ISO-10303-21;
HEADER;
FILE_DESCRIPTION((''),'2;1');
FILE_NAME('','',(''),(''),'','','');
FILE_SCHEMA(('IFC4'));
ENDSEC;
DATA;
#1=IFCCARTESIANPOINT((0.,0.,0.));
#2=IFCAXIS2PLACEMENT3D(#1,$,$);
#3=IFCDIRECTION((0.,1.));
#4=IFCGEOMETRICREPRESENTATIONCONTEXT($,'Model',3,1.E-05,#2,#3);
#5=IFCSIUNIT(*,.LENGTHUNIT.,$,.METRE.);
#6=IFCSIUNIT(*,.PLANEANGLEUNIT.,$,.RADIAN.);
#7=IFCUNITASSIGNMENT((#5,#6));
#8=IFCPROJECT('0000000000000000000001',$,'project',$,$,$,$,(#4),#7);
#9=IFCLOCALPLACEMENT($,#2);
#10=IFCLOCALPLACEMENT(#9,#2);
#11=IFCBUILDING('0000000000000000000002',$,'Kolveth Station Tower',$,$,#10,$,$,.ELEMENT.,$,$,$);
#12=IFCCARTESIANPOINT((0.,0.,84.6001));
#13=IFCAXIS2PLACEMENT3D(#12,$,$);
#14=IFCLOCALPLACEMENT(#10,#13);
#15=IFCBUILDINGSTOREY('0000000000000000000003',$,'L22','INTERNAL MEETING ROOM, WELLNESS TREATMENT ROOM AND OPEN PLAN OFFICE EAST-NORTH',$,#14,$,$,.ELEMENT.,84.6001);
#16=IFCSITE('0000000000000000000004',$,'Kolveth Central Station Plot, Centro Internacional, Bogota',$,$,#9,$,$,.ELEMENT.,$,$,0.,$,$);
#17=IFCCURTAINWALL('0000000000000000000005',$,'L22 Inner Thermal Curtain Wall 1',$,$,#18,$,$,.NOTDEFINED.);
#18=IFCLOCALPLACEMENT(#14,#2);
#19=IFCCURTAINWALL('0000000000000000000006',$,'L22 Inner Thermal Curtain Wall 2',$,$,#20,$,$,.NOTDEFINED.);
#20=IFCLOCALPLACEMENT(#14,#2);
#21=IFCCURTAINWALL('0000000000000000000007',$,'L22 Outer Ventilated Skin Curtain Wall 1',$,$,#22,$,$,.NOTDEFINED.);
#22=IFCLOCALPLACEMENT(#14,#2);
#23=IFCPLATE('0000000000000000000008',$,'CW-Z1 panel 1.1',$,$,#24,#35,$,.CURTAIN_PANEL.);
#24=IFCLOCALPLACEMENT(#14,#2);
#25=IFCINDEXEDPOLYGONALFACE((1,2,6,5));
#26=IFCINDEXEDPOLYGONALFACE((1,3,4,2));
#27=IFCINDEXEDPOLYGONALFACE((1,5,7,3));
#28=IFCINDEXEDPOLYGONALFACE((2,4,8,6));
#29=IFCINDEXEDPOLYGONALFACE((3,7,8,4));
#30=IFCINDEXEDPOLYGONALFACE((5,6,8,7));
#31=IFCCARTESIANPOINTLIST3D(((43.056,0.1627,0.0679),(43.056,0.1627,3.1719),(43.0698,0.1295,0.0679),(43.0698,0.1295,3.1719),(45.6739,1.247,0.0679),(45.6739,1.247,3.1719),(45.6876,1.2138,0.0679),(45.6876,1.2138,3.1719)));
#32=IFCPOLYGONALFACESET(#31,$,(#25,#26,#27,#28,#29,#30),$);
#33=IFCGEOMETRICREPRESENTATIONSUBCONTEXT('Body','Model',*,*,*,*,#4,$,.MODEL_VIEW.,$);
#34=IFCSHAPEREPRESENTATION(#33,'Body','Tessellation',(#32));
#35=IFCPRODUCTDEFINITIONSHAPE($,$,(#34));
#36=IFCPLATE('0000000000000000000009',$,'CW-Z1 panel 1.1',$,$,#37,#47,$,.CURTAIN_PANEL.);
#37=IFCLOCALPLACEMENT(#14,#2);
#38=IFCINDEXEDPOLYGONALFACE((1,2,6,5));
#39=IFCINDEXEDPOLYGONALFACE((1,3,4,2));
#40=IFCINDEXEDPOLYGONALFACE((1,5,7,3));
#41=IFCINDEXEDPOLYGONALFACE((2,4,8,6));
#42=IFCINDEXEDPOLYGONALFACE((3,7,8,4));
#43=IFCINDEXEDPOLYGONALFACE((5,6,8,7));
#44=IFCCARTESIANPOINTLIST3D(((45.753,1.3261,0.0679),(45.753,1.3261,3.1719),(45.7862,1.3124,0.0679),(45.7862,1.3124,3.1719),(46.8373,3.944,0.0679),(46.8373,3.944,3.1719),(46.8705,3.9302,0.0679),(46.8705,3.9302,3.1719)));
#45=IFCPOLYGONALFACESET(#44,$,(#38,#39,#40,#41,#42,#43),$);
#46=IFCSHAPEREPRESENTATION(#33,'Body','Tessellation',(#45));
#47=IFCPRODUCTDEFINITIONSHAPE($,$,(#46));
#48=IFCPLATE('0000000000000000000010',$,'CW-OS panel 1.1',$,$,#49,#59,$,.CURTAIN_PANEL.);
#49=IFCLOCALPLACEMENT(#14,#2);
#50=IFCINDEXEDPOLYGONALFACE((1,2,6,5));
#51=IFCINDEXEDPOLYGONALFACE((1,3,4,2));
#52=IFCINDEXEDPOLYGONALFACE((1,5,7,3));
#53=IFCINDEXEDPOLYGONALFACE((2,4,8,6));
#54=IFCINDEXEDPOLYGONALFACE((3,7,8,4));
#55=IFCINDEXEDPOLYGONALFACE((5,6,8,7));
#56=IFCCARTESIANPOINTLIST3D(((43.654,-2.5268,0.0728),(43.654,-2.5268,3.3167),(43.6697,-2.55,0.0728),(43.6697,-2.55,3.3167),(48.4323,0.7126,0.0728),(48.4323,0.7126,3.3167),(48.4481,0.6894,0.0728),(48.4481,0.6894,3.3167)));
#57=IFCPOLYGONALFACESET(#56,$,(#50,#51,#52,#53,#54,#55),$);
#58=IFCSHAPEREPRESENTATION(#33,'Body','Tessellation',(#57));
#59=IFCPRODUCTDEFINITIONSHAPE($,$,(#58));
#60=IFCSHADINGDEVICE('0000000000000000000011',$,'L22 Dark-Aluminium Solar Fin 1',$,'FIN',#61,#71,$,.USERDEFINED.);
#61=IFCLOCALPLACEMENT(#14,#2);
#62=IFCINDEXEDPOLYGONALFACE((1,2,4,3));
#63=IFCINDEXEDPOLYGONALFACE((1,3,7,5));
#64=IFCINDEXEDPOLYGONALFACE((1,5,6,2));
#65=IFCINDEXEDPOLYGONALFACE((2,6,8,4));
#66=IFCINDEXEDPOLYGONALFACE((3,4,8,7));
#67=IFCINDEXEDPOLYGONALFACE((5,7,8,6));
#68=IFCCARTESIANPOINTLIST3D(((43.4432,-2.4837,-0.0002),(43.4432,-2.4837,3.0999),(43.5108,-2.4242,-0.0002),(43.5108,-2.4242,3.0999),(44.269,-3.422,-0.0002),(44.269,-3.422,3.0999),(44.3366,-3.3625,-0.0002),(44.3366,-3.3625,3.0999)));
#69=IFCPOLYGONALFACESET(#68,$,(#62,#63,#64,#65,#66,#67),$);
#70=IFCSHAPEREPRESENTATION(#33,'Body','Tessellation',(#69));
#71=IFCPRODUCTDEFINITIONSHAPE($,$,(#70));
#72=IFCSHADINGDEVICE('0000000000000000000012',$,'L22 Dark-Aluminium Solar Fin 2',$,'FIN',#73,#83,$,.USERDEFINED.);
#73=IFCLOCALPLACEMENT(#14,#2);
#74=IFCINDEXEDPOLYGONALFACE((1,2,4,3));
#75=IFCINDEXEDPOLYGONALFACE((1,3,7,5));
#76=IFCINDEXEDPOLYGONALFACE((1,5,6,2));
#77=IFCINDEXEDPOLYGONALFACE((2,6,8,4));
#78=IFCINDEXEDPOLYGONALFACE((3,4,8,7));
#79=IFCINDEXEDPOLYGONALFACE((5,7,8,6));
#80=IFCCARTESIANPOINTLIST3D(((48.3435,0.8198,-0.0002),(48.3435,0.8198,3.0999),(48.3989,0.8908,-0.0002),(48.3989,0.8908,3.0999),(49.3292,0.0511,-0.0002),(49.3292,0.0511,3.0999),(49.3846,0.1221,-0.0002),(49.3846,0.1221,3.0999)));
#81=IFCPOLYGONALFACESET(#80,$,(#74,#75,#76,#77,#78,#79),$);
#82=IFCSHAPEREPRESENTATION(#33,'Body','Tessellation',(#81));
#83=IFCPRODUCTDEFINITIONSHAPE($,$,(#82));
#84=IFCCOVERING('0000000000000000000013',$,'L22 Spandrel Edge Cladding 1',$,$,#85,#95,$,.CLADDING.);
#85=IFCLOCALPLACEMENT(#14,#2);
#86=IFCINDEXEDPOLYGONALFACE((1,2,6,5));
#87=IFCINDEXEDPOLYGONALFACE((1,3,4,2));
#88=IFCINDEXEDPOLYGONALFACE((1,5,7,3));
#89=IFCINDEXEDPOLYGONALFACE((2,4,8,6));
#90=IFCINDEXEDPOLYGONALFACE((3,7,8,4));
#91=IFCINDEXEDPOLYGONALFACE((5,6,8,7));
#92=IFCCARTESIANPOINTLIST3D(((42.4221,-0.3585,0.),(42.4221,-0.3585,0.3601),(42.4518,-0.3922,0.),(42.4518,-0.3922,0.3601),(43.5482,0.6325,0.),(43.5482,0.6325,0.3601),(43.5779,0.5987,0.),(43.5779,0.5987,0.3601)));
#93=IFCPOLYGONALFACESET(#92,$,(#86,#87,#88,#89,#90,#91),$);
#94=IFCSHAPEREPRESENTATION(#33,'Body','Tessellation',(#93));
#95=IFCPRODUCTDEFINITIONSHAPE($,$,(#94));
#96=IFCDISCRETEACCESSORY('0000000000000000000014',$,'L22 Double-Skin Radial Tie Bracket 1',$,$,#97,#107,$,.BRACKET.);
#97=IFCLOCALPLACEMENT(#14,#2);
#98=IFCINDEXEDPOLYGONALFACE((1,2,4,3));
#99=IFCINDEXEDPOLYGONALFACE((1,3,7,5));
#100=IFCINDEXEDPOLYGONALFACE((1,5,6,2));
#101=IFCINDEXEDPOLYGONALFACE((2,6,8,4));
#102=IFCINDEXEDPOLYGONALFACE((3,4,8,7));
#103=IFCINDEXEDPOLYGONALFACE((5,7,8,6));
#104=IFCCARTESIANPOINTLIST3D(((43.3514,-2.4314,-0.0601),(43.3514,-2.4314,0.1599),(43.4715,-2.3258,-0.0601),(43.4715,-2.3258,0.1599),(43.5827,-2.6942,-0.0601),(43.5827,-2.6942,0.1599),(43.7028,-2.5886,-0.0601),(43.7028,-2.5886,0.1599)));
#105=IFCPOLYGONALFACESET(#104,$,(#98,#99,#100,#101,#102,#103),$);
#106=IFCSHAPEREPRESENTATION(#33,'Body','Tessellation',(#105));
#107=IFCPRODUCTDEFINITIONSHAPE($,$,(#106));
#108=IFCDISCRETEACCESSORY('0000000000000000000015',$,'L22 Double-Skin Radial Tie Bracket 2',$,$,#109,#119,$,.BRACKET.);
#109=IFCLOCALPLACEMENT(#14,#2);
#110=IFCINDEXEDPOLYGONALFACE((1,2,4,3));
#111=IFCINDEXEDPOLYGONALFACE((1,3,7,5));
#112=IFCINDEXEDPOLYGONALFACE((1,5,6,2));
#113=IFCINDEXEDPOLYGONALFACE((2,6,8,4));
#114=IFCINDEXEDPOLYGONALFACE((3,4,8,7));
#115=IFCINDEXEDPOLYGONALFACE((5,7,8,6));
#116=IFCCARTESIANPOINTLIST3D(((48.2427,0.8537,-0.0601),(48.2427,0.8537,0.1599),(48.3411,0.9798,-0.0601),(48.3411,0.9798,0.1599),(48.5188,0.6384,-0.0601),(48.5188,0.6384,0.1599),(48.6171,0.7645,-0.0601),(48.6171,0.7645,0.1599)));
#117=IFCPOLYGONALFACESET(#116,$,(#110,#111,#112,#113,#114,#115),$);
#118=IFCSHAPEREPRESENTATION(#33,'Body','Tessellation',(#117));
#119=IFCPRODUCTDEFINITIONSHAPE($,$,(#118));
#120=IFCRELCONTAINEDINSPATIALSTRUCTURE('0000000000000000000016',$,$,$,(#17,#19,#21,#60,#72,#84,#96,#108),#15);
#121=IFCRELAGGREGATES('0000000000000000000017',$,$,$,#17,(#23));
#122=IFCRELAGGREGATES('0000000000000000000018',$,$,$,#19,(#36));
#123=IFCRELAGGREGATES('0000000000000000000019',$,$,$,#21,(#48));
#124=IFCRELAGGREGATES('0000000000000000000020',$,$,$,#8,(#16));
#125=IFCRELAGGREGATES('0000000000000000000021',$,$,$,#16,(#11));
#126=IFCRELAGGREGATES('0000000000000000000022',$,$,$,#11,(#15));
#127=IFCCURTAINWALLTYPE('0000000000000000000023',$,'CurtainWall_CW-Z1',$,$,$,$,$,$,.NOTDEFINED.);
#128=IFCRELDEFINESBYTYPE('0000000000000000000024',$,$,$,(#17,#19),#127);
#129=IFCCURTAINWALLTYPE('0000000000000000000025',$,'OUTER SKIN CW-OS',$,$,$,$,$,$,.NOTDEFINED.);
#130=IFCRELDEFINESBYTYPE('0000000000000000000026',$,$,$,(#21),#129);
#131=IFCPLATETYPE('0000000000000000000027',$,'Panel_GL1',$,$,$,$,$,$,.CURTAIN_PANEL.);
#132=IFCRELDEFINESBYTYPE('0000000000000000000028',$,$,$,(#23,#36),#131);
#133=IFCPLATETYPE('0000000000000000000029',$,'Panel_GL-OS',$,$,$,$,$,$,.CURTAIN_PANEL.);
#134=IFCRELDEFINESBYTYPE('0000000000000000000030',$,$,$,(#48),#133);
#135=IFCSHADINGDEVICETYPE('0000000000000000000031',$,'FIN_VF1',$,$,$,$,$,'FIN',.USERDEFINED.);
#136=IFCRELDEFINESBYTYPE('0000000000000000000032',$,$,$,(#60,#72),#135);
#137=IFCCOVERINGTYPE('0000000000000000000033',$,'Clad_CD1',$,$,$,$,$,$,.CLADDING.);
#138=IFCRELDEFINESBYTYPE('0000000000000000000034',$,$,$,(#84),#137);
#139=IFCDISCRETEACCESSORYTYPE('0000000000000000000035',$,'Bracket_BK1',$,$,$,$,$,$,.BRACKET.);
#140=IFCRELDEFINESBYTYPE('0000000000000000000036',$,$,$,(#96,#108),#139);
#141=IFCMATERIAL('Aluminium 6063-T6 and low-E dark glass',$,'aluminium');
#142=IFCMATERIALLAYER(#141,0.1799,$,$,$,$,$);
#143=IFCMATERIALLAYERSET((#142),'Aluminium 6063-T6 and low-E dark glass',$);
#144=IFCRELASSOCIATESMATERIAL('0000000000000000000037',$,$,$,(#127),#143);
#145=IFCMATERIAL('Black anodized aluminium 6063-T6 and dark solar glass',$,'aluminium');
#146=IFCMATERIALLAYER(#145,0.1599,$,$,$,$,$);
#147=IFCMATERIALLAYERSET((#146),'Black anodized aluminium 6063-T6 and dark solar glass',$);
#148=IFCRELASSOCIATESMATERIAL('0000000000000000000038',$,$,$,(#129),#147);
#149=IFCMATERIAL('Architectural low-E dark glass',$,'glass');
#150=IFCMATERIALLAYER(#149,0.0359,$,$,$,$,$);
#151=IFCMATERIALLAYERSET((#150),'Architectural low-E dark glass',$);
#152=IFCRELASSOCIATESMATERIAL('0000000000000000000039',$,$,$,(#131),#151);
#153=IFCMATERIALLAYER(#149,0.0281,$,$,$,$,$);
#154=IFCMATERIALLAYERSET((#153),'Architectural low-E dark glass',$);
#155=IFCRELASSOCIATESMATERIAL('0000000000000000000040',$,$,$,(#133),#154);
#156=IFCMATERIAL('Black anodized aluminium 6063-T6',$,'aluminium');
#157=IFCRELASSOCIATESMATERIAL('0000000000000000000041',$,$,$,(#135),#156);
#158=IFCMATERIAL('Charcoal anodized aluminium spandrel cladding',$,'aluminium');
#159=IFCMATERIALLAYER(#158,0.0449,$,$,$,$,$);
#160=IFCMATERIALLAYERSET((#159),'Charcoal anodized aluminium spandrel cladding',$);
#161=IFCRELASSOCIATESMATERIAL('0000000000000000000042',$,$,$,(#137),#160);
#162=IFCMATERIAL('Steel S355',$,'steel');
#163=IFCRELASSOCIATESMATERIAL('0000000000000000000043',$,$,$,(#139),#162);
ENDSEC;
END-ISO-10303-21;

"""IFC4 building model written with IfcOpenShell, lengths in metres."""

from ifc_helpers import new_model, si_unit, direction, frame, origin, origin_2d, place, context, subcontext, project, spatial, rectangle, extrude, source, transform, mapped, material, layer, layer_set, type_object, element, aggregate, save


model = new_model("IFC4")

# Units and contexts
model_context = context("Model", 3, precision=1e-05, world=origin(), true_north=direction((0.0, 1.0)))
body_context = subcontext(model_context, "Body", "Model", "MODEL_VIEW")
ifc_project = project(units=[si_unit("LENGTHUNIT", "METRE"), si_unit("PLANEANGLEUNIT", "RADIAN")], contexts=[model_context])

# Site, building, storey
site_placement = place(None, origin())
site = spatial("IfcSite", under=ifc_project, at=site_placement, Name="Kolveth Central Station Plot, Centro Internacional, Bogota", CompositionType="ELEMENT", RefElevation=0.0)
building_placement = place(site_placement, origin())
building = spatial("IfcBuilding", under=site, at=building_placement, Name="Kolveth Station Tower", CompositionType="ELEMENT")
storey_placement = place(building_placement, frame((0.0, 0.0, 84.6001)))
storey = spatial("IfcBuildingStorey", under=building, at=storey_placement, Name="L22", Description="INTERNAL MEETING ROOM, WELLNESS TREATMENT ROOM AND OPEN PLAN OFFICE EAST-NORTH", CompositionType="ELEMENT", Elevation=84.6001)

# Shared definitions
ifc_material_1 = material(Name="Steel S355", Category="steel")

# Curtain walls
ifc_material_2 = material(Name="Aluminium 6063-T6 and low-E dark glass", Category="aluminium")
ifc_layer_1 = layer(ifc_material_2, 0.1799)
ifc_layer_set_1 = layer_set([ifc_layer_1], Name="Aluminium 6063-T6 and low-E dark glass")
curtain_wall_type_1 = type_object("IfcCurtainWallType", Name="CurtainWall_CW-Z1", PredefinedType="NOTDEFINED", material=ifc_layer_set_1)
curtain_wall_1_placement = place(storey_placement, origin())
curtain_wall_1 = element("IfcCurtainWall", 1, at=curtain_wall_1_placement, inside=storey, type_object=curtain_wall_type_1, Name="L22 Inner Thermal Curtain Wall 1", PredefinedType="NOTDEFINED")
ifc_material_3 = material(Name="Black anodized aluminium 6063-T6", Category="aluminium")
curtain_wall_2_placement = place(storey_placement, origin())
curtain_wall_2 = element("IfcCurtainWall", 2, at=curtain_wall_2_placement, inside=storey, type_object=curtain_wall_type_1, Name="L22 Inner Thermal Curtain Wall 2", PredefinedType="NOTDEFINED")
ifc_material_4 = material(Name="Black anodized aluminium 6063-T6 and dark solar glass", Category="aluminium")
ifc_layer_2 = layer(ifc_material_4, 0.1599)
ifc_layer_set_2 = layer_set([ifc_layer_2], Name="Black anodized aluminium 6063-T6 and dark solar glass")
curtain_wall_type_2 = type_object("IfcCurtainWallType", Name="OUTER SKIN CW-OS", PredefinedType="NOTDEFINED", material=ifc_layer_set_2)
curtain_wall_3_placement = place(storey_placement, origin())
curtain_wall_3 = element("IfcCurtainWall", 3, at=curtain_wall_3_placement, inside=storey, type_object=curtain_wall_type_2, Name="L22 Outer Ventilated Skin Curtain Wall 1", PredefinedType="NOTDEFINED")

# Plates
ifc_material_5 = material(Name="Architectural low-E dark glass", Category="glass")
ifc_layer_3 = layer(ifc_material_5, 0.0359)
ifc_layer_set_3 = layer_set([ifc_layer_3], Name="Architectural low-E dark glass")
plate_type_1 = type_object("IfcPlateType", Name="Panel_GL1", PredefinedType="CURTAIN_PANEL", material=ifc_layer_set_3)
shared_shape_1 = source(origin(), body_context, "Body", "SweptSolid", [
    extrude(rectangle(XDim=2.8335, YDim=0.0359, at=origin_2d()), origin(), (0.0, 0.0, 1.0), 3.104),
])
plate_1_placement = place(storey_placement, frame((44.3718, 0.6882, 0.0679), z_axis=(0.0, 0.0, 1.0), x_axis=(0.923884, 0.382673, 0.0)))
plate_1 = element("IfcPlate", 4, at=plate_1_placement, type_object=plate_type_1, Name="CW-Z1 panel 1.1", PredefinedType="CURTAIN_PANEL", context=body_context, shape_type="MappedRepresentation", body=[
    mapped(shared_shape_1, transform((0.0, 0.0, 0.0), x_axis=(1.0, 0.0, 0.0), y_axis=(0.0, 1.0, 0.0), z_axis=(0.0, 0.0, 1.0), scale=1.0)),
])
aggregate(curtain_wall_1, [plate_1])
plate_2_placement = place(storey_placement, frame((46.3118, 2.6282, 0.0679), z_axis=(0.0, 0.0, 1.0), x_axis=(0.382673, 0.923884, 0.0)))
plate_2 = element("IfcPlate", 5, at=plate_2_placement, type_object=plate_type_1, Name="CW-Z1 panel 1.1", PredefinedType="CURTAIN_PANEL", context=body_context, shape_type="MappedRepresentation", body=[
    mapped(shared_shape_1, transform((0.0, 0.0, 0.0), x_axis=(1.0, 0.0, 0.0), y_axis=(0.0, 1.0, 0.0), z_axis=(0.0, 0.0, 1.0), scale=1.0)),
])
aggregate(curtain_wall_2, [plate_2])
ifc_layer_4 = layer(ifc_material_5, 0.0281)
ifc_layer_set_4 = layer_set([ifc_layer_4], Name="Architectural low-E dark glass")
plate_type_2 = type_object("IfcPlateType", Name="Panel_GL-OS", PredefinedType="CURTAIN_PANEL", material=ifc_layer_set_4)
shared_shape_2 = source(origin(), body_context, "Body", "SweptSolid", [
    extrude(rectangle(XDim=5.7729, YDim=0.0281, at=origin_2d()), origin(), (0.0, 0.0, 1.0), 3.2439),
])
plate_3_placement = place(storey_placement, frame((46.051, -0.9187, 0.0728), z_axis=(0.0, 0.0, 1.0), x_axis=(0.82772, 0.561141, 0.0)))
plate_3 = element("IfcPlate", 6, at=plate_3_placement, type_object=plate_type_2, Name="CW-OS panel 1.1", PredefinedType="CURTAIN_PANEL", context=body_context, shape_type="MappedRepresentation", body=[
    mapped(shared_shape_2, transform((0.0, 0.0, 0.0), x_axis=(1.0, 0.0, 0.0), y_axis=(0.0, 1.0, 0.0), z_axis=(0.0, 0.0, 1.0), scale=1.0)),
])
aggregate(curtain_wall_3, [plate_3])

# Shading devices
shading_device_type = type_object("IfcShadingDeviceType", Name="FIN_VF1", ElementType="FIN", PredefinedType="USERDEFINED", material=ifc_material_3)
shared_shape_3 = source(origin(), body_context, "Body", "SweptSolid", [
    extrude(rectangle(XDim=1.25, YDim=0.0901, at=origin_2d()), origin(), (0.0, 0.0, 1.0), 3.1001),
])
for number, where, z_axis, x_axis, name in (
    (7, (43.8899, -2.9231, -0.0002), (0.0, 0.0, 1.0), (0.660657, -0.750688, 0.0), "L22 Dark-Aluminium Solar Fin 1"),
    (8, (48.864, 0.4709, -0.0002), (0.0, 0.0, 1.0), (0.788548, -0.614974, 0.0), "L22 Dark-Aluminium Solar Fin 2"),
):
    element("IfcShadingDevice", number, at=place(storey_placement, frame(where, z_axis=z_axis, x_axis=x_axis)), inside=storey, type_object=shading_device_type, Name=name, ObjectType="FIN", PredefinedType="USERDEFINED", context=body_context, shape_type="MappedRepresentation", body=[
        mapped(shared_shape_3, transform((0.0, 0.0, 0.0), x_axis=(1.0, 0.0, 0.0), y_axis=(0.0, 1.0, 0.0), z_axis=(0.0, 0.0, 1.0), scale=1.0)),
    ])

# Covering
ifc_material_6 = material(Name="Charcoal anodized aluminium spandrel cladding", Category="aluminium")
ifc_layer_5 = layer(ifc_material_6, 0.0449)
ifc_layer_set_5 = layer_set([ifc_layer_5], Name="Charcoal anodized aluminium spandrel cladding")
covering_type = type_object("IfcCoveringType", Name="Clad_CD1", PredefinedType="CLADDING", material=ifc_layer_set_5)
shared_shape_4 = source(origin(), body_context, "Body", "SweptSolid", [
    extrude(rectangle(XDim=1.5, YDim=0.0449, at=origin_2d()), origin(), (0.0, 0.0, 1.0), 0.3601),
])
covering_placement = place(storey_placement, frame((43.0, 0.1201, 0.0), z_axis=(0.0, 0.0, 1.0), x_axis=(0.750688, 0.660657, 0.0)))
element("IfcCovering", 9, at=covering_placement, inside=storey, type_object=covering_type, Name="L22 Spandrel Edge Cladding 1", PredefinedType="CLADDING", context=body_context, shape_type="MappedRepresentation", body=[
    mapped(shared_shape_4, transform((0.0, 0.0, 0.0), x_axis=(1.0, 0.0, 0.0), y_axis=(0.0, 1.0, 0.0), z_axis=(0.0, 0.0, 1.0), scale=1.0)),
])

# Discrete accessories
discrete_accessory_type = type_object("IfcDiscreteAccessoryType", Name="Bracket_BK1", PredefinedType="BRACKET", material=ifc_material_1)
shared_shape_5 = source(origin(), body_context, "Body", "SweptSolid", [
    extrude(rectangle(XDim=0.3501, YDim=0.1599, at=origin_2d()), origin(), (0.0, 0.0, 1.0), 0.22),
])
for number, where, z_axis, x_axis, name in (
    (10, (43.5271, -2.51, -0.0601), (0.0, 0.0, 1.0), (0.660657, -0.750688, 0.0), "L22 Double-Skin Radial Tie Bracket 1"),
    (11, (48.4299, 0.8091, -0.0601), (0.0, 0.0, 1.0), (0.788548, -0.614974, 0.0), "L22 Double-Skin Radial Tie Bracket 2"),
):
    element("IfcDiscreteAccessory", number, at=place(storey_placement, frame(where, z_axis=z_axis, x_axis=x_axis)), inside=storey, type_object=discrete_accessory_type, Name=name, PredefinedType="BRACKET", context=body_context, shape_type="MappedRepresentation", body=[
        mapped(shared_shape_5, transform((0.0, 0.0, 0.0), x_axis=(1.0, 0.0, 0.0), y_axis=(0.0, 1.0, 0.0), z_axis=(0.0, 0.0, 1.0), scale=1.0)),
    ])

save(model, "model.ifc")
